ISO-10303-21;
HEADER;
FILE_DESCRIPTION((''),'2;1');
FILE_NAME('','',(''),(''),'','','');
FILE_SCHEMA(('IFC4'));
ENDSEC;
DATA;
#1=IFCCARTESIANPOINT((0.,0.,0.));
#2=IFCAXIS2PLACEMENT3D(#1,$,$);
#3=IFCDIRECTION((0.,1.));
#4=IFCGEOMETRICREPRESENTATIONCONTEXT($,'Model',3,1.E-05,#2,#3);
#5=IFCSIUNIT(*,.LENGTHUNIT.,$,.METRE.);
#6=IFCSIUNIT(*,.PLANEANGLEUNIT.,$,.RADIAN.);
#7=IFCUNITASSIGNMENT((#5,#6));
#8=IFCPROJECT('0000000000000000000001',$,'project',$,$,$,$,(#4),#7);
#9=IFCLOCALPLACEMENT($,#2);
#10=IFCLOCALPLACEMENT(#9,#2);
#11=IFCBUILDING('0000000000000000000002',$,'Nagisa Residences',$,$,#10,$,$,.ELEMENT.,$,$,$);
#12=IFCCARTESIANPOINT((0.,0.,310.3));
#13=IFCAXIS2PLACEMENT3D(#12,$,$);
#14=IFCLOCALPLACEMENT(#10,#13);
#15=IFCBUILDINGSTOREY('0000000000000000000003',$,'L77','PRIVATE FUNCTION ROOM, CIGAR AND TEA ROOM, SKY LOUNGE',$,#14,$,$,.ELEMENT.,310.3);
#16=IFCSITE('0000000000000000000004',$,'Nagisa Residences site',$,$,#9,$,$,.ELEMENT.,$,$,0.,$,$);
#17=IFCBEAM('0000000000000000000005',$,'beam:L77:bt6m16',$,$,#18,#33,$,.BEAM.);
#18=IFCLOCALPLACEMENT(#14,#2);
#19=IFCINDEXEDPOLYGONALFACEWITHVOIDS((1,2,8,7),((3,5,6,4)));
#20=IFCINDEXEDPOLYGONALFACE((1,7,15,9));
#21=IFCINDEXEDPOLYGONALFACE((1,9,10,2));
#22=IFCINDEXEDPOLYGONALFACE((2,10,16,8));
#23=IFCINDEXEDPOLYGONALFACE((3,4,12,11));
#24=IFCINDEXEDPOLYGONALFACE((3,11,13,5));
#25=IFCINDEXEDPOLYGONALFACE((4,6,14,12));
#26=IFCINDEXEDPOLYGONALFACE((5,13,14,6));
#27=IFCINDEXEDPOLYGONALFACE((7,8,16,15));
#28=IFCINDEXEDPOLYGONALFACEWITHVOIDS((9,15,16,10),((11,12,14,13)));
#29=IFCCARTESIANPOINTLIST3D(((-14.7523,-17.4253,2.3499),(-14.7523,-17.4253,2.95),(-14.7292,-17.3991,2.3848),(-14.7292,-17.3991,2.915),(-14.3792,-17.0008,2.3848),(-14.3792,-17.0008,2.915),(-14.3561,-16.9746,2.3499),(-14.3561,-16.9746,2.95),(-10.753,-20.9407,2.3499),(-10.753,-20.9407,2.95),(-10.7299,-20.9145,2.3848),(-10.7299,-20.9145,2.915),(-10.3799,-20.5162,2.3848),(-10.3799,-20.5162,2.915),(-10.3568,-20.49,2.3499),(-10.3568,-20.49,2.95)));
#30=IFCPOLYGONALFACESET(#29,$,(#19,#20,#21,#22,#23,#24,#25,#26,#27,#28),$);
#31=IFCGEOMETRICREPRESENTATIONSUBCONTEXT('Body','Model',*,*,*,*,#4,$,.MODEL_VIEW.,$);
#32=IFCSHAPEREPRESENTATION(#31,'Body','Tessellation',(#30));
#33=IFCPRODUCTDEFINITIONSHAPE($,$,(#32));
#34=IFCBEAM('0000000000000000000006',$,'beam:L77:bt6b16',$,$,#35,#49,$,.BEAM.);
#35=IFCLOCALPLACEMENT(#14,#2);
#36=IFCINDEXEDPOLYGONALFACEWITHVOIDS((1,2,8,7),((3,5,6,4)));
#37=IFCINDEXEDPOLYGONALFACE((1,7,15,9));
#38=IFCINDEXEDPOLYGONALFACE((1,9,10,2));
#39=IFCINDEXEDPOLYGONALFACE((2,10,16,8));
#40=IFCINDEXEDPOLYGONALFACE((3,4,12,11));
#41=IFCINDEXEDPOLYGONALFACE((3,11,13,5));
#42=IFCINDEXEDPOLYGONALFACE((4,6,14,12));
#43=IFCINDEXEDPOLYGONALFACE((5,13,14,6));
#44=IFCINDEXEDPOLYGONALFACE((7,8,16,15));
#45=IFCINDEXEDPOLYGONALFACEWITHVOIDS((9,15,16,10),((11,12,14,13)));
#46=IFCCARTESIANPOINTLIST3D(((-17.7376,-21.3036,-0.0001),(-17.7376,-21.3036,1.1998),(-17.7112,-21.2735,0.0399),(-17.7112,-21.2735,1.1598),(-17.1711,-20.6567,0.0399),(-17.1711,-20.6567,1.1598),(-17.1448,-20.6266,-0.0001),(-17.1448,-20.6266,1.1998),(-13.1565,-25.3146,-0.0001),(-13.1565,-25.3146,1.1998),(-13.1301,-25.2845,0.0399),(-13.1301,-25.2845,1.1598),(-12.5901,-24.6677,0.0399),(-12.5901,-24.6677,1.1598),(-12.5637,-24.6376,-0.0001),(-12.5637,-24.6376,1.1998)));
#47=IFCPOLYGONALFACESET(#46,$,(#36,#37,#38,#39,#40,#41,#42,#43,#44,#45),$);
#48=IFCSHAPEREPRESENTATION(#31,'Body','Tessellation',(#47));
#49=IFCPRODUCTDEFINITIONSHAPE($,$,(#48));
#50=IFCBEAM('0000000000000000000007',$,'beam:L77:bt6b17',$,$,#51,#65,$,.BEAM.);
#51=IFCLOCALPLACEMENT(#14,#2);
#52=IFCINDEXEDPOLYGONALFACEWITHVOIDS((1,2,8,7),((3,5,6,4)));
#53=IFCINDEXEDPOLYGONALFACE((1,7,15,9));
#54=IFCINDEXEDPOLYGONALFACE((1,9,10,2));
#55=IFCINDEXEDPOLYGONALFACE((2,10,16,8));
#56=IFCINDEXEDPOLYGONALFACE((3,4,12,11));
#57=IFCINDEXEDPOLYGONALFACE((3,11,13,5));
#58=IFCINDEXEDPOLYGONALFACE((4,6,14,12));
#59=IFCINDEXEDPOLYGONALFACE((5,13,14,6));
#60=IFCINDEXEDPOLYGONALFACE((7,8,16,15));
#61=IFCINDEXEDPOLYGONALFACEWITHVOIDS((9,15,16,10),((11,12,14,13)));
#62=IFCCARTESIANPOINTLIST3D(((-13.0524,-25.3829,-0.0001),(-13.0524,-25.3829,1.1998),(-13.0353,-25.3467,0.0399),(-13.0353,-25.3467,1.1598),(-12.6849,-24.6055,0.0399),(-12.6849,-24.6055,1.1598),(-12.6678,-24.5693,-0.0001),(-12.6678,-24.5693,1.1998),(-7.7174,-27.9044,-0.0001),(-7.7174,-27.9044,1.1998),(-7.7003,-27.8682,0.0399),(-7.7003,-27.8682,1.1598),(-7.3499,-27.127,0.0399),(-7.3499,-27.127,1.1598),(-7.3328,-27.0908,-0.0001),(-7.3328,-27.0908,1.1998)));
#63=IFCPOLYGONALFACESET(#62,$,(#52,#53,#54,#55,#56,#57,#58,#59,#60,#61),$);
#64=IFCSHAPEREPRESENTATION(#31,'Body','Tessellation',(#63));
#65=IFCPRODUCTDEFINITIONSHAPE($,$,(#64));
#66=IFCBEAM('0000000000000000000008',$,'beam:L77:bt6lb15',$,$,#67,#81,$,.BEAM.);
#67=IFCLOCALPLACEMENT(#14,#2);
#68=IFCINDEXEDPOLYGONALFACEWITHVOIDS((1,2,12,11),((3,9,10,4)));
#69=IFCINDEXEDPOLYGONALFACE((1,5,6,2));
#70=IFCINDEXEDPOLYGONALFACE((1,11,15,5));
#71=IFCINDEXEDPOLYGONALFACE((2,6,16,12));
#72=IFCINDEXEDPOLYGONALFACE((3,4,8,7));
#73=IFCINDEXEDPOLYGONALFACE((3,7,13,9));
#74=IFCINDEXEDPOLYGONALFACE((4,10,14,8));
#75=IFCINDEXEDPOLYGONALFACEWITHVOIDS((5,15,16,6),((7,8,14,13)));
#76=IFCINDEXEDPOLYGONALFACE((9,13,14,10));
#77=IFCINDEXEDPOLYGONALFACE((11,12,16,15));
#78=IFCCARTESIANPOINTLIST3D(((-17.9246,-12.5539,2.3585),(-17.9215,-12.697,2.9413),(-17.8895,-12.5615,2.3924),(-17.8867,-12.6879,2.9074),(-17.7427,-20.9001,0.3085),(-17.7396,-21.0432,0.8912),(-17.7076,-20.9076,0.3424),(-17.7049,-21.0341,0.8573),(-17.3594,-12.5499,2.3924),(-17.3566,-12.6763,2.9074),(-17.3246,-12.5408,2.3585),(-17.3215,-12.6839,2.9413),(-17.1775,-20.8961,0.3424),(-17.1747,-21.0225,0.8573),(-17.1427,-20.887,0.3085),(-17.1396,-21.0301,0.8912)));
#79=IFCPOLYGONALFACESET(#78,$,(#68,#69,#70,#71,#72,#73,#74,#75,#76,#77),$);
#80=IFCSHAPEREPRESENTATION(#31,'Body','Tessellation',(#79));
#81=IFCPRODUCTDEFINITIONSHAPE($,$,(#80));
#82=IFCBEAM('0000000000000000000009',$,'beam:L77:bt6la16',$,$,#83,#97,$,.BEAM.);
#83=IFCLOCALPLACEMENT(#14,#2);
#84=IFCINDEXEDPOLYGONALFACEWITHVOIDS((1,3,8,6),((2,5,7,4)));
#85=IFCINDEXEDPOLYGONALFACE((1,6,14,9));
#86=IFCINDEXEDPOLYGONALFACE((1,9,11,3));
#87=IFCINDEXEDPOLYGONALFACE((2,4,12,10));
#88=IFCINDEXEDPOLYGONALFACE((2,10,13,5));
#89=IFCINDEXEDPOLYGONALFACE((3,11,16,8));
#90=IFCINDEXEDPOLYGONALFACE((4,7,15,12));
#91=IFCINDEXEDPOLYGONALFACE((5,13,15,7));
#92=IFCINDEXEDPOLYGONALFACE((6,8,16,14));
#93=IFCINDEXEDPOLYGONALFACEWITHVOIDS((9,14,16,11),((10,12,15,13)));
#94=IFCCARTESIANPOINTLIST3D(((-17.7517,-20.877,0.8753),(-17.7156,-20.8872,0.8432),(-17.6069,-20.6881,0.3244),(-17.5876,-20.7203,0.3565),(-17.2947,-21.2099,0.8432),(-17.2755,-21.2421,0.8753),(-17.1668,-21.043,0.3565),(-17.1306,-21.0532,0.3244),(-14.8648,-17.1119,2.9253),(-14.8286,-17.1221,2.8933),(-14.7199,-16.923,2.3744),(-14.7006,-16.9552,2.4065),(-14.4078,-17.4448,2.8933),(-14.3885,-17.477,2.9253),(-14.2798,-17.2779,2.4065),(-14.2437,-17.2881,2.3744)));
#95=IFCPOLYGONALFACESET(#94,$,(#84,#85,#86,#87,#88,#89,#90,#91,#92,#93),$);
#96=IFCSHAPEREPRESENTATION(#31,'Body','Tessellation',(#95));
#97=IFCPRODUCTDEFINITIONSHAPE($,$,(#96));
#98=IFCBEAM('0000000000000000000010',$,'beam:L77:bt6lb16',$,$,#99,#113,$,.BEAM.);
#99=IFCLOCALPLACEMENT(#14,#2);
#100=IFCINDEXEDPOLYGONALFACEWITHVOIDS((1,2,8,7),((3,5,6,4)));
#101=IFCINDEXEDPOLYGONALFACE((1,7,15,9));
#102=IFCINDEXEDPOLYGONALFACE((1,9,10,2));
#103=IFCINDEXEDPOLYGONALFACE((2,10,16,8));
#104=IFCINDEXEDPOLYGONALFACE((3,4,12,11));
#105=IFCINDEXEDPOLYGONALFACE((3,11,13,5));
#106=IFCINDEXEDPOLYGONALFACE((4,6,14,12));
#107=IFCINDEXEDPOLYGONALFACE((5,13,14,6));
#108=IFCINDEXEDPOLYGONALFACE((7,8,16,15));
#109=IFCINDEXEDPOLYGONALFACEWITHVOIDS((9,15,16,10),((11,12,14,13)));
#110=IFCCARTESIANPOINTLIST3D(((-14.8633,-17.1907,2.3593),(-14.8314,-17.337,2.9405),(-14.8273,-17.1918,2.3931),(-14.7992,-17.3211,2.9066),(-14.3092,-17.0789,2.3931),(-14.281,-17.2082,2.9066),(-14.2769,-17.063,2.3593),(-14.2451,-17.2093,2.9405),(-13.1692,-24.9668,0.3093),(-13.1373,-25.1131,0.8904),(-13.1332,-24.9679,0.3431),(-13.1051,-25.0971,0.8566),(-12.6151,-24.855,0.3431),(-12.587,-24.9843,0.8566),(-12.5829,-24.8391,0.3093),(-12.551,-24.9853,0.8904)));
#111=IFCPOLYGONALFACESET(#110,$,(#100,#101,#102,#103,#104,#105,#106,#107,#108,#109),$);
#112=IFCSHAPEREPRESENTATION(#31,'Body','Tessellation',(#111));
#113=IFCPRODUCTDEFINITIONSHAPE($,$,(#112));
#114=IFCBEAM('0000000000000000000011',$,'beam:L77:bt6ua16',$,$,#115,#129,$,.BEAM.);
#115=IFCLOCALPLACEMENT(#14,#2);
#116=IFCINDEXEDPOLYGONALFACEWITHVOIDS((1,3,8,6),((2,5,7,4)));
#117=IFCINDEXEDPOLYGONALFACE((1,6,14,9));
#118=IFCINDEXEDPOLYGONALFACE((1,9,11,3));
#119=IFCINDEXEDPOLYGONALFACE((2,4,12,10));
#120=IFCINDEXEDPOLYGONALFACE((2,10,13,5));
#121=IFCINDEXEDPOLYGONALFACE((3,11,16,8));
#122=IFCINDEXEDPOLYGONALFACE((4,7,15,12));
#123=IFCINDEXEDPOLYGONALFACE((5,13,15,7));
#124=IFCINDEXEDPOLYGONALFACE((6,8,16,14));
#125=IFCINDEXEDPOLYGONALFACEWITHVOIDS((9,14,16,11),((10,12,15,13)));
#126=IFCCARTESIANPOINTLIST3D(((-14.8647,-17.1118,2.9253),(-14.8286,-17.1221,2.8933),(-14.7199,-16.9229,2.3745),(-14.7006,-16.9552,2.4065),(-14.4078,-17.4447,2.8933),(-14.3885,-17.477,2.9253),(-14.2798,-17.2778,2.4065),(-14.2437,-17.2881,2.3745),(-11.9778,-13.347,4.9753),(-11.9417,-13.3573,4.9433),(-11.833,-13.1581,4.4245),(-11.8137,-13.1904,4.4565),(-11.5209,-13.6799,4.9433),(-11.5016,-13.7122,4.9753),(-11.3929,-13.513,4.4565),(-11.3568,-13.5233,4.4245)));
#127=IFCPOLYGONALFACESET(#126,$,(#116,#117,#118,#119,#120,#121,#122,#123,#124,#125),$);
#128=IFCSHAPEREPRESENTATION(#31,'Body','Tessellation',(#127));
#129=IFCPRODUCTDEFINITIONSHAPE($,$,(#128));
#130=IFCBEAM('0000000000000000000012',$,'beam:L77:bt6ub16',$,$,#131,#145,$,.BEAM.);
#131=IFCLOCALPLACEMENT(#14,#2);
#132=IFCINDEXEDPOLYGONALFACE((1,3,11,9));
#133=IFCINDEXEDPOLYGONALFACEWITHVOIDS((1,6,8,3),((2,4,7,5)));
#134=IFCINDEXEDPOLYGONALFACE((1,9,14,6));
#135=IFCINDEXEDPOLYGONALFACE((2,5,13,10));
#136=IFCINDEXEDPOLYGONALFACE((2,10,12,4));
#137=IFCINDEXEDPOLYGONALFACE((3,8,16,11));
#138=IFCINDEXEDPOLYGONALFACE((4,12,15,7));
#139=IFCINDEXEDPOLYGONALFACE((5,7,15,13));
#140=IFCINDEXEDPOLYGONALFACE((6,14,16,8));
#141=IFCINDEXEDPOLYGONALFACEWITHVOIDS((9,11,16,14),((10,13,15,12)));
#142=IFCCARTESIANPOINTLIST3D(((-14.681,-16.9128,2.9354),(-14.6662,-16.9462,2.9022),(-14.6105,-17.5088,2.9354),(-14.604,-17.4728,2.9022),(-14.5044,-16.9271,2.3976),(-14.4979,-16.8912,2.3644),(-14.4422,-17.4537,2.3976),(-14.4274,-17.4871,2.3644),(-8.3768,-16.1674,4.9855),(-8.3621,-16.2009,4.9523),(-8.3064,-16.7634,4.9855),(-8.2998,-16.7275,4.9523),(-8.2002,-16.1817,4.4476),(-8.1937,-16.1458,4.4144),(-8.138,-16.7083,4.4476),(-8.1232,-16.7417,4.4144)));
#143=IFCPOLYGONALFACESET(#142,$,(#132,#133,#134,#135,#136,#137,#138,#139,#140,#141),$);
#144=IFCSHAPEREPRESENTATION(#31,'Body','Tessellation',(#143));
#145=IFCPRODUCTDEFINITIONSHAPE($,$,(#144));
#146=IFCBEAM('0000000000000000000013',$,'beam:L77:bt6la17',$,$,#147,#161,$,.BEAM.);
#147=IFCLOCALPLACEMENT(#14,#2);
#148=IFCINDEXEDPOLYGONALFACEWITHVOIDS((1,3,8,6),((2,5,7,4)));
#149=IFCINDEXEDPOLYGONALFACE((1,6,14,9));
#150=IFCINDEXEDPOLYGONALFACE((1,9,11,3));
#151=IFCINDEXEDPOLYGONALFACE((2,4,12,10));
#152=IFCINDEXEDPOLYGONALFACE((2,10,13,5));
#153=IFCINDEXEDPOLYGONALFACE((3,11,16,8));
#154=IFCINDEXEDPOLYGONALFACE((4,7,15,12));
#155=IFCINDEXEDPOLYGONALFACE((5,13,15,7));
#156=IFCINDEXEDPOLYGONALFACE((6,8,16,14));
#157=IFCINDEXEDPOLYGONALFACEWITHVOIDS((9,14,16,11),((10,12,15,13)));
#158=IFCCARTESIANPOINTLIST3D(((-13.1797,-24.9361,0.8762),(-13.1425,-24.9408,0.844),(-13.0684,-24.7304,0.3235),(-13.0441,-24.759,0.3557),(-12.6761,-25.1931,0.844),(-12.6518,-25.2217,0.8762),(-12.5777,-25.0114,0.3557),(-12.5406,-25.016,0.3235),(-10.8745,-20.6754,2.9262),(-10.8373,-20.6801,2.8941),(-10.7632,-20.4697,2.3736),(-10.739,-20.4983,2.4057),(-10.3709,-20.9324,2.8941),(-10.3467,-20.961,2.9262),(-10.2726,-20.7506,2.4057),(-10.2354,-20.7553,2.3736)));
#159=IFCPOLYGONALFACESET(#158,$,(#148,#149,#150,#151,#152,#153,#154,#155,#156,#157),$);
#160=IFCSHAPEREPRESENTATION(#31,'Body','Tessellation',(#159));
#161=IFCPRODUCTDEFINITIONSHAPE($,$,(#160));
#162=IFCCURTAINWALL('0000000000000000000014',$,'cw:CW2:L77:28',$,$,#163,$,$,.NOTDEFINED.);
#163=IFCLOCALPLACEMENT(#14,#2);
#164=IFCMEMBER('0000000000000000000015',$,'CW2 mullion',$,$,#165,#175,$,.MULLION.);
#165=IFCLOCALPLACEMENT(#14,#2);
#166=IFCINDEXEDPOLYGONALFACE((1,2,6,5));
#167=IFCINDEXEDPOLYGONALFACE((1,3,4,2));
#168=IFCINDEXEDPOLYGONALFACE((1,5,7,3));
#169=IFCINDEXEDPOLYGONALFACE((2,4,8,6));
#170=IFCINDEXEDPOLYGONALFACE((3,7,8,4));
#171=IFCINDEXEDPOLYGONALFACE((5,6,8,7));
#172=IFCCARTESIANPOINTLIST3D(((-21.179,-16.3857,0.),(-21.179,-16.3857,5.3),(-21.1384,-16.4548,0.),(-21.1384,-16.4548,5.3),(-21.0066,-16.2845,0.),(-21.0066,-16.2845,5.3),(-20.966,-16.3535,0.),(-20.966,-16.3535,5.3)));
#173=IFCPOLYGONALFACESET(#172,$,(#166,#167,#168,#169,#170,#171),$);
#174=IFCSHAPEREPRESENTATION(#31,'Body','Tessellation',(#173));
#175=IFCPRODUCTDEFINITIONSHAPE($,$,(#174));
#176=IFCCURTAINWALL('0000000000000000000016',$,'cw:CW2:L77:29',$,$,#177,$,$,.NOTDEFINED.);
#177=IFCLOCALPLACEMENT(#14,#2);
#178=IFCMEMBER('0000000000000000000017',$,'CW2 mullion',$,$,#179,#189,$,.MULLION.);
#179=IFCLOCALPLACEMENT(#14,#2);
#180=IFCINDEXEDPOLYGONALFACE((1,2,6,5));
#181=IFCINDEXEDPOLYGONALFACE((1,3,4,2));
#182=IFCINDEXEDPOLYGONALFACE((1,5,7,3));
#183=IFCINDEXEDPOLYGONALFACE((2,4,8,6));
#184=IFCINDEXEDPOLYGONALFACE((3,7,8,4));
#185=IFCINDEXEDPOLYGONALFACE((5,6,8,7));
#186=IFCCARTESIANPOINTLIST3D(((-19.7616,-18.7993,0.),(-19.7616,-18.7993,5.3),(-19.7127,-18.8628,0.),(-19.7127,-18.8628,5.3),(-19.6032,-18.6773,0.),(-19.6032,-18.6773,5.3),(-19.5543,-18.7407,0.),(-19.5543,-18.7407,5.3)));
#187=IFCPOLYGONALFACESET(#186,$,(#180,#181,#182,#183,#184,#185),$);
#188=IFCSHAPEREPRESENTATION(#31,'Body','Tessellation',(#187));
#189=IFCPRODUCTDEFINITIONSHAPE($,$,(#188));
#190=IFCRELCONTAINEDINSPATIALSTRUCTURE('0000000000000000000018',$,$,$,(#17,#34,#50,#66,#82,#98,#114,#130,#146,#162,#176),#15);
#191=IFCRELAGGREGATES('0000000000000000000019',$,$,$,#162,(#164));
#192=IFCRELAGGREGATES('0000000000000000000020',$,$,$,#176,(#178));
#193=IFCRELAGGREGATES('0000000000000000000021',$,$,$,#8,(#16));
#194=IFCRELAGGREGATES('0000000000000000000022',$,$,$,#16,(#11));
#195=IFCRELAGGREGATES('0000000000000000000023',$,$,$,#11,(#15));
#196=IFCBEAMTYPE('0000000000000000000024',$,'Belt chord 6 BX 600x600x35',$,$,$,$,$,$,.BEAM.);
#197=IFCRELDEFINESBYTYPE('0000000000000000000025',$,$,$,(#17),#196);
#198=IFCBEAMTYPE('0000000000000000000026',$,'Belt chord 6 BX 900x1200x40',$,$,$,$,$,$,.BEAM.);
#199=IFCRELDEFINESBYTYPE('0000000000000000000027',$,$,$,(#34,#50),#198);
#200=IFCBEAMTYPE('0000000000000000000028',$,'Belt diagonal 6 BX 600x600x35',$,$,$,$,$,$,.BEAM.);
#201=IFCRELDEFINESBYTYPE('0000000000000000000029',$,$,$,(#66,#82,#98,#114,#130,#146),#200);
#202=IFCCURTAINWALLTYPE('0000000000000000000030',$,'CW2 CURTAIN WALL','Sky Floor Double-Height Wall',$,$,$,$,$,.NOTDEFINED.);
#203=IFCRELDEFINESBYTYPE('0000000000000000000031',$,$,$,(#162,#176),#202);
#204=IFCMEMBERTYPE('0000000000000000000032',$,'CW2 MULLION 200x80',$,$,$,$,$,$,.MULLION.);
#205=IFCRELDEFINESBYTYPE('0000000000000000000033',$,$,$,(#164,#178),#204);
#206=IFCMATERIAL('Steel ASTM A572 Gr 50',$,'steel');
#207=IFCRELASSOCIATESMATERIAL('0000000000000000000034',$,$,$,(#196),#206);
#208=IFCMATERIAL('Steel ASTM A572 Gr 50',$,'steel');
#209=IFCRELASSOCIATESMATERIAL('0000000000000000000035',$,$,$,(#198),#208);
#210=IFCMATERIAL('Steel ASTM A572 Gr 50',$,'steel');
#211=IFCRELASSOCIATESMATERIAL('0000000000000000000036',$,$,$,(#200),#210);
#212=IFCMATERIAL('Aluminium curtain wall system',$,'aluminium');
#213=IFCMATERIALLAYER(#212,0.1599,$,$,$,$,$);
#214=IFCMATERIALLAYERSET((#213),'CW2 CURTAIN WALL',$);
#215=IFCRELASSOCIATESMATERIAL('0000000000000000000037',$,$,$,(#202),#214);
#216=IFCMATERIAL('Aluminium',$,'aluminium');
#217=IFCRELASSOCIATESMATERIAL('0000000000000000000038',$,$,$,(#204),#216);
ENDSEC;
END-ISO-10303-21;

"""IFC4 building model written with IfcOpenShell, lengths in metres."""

from ifc_helpers import new_model, si_unit, direction, frame, origin, origin_2d, place, context, subcontext, project, spatial, rectangle, hollow_rectangle, extrude, material, layer, layer_set, material_profile, profile_set, type_object, element, aggregate, save


model = new_model("IFC4")

# Units and contexts
model_context = context("Model", 3, precision=1e-05, world=origin(), true_north=direction((0.0, 1.0)))
body_context = subcontext(model_context, "Body", "Model", "MODEL_VIEW")
ifc_project = project(units=[si_unit("LENGTHUNIT", "METRE"), si_unit("PLANEANGLEUNIT", "RADIAN")], contexts=[model_context])

# Site, building, storey
site_placement = place(None, origin())
site = spatial("IfcSite", under=ifc_project, at=site_placement, Name="Nagisa Residences site", CompositionType="ELEMENT", RefElevation=0.0)
building_placement = place(site_placement, origin())
building = spatial("IfcBuilding", under=site, at=building_placement, Name="Nagisa Residences", CompositionType="ELEMENT")
storey_placement = place(building_placement, frame((0.0, 0.0, 310.3)))
storey = spatial("IfcBuildingStorey", under=building, at=storey_placement, Name="L77", Description="PRIVATE FUNCTION ROOM, CIGAR AND TEA ROOM, SKY LOUNGE", CompositionType="ELEMENT", Elevation=310.3)

# Beams
ifc_material_1 = material(Name="Steel ASTM A572 Gr 50", Category="steel")
ifc_material_profile_1 = material_profile(ifc_material_1, hollow_rectangle(XDim=0.6001, YDim=0.6001, WallThickness=0.0349, at=origin_2d()), Name="BX 600x600x35")
ifc_profile_set_1 = profile_set([ifc_material_profile_1], Name="Steel ASTM A572 Gr 50")
beam_type_1 = type_object("IfcBeamType", Name="Belt chord 6 BX 600x600x35", PredefinedType="BEAM", material=ifc_profile_set_1)
beam_1_placement = place(storey_placement, frame((-14.5542, -17.2, 2.6499), z_axis=(0.751084, -0.660207, 0.0), x_axis=(0.660207, 0.751084, 0.0)))
element("IfcBeam", 1, at=beam_1_placement, inside=storey, type_object=beam_type_1, Name="beam:L77:bt6m16", PredefinedType="BEAM", context=body_context, shape_type="SweptSolid", body=[
    extrude(hollow_rectangle(XDim=0.6001, YDim=0.6001, WallThickness=0.0349, at=origin_2d()), origin(), (0.0, 0.0, 1.0), 5.3247),
])
ifc_material_2 = material(Name="Steel ASTM A572 Gr 50", Category="steel")
ifc_material_profile_2 = material_profile(ifc_material_2, hollow_rectangle(XDim=0.8999, YDim=1.2, WallThickness=0.04, at=origin_2d()), Name="BX 900x1200x40")
ifc_profile_set_2 = profile_set([ifc_material_profile_2], Name="Steel ASTM A572 Gr 50")
beam_type_2 = type_object("IfcBeamType", Name="Belt chord 6 BX 900x1200x40", PredefinedType="BEAM", material=ifc_profile_set_2)
beam_2_placement = place(storey_placement, frame((-17.4412, -20.9651, 0.5999), z_axis=(0.752368, -0.658743, 0.0), x_axis=(0.658743, 0.752368, 0.0)))
element("IfcBeam", 2, at=beam_2_placement, inside=storey, type_object=beam_type_2, Name="beam:L77:bt6b16", PredefinedType="BEAM", context=body_context, shape_type="SweptSolid", body=[
    extrude(hollow_rectangle(XDim=0.8999, YDim=1.2, WallThickness=0.04, at=origin_2d()), origin(), (0.0, 0.0, 1.0), 6.0889),
])
beam_3_placement = place(storey_placement, frame((-12.8601, -24.9761, 0.5999), z_axis=(0.904105, -0.427311, 0.0), x_axis=(0.427311, 0.904105, 0.0)))
element("IfcBeam", 3, at=beam_3_placement, inside=storey, type_object=beam_type_2, Name="beam:L77:bt6b17", PredefinedType="BEAM", context=body_context, shape_type="SweptSolid", body=[
    extrude(hollow_rectangle(XDim=0.8999, YDim=1.2, WallThickness=0.04, at=origin_2d()), origin(), (0.0, 0.0, 1.0), 5.9009),
])
ifc_material_3 = material(Name="Steel ASTM A572 Gr 50", Category="steel")
ifc_material_profile_3 = material_profile(ifc_material_3, hollow_rectangle(XDim=0.6001, YDim=0.6001, WallThickness=0.0349, at=origin_2d()), Name="BX 600x600x35")
ifc_profile_set_3 = profile_set([ifc_material_profile_3], Name="Steel ASTM A572 Gr 50")
beam_type_3 = type_object("IfcBeamType", Name="Belt diagonal 6 BX 600x600x35", PredefinedType="BEAM", material=ifc_profile_set_3)
beam_4_placement = place(storey_placement, frame((-17.4412, -20.9651, 0.5999), z_axis=(-0.021159, 0.970916, 0.238483), x_axis=(-0.999763, -0.021787, 0.0)))
element("IfcBeam", 4, at=beam_4_placement, inside=storey, type_object=beam_type_3, Name="beam:L77:bt6lb15", PredefinedType="BEAM", context=body_context, shape_type="SweptSolid", body=[
    extrude(hollow_rectangle(XDim=0.6001, YDim=0.6001, WallThickness=0.0349, at=origin_2d()), origin(), (0.0, 0.0, 1.0), 8.5962),
])
beam_5_placement = place(storey_placement, frame((-17.4412, -20.9651, 0.5999), z_axis=(0.558568, 0.728476, 0.396642), x_axis=(-0.79357, 0.608479, 0.0)))
element("IfcBeam", 5, at=beam_5_placement, inside=storey, type_object=beam_type_3, Name="beam:L77:bt6la16", PredefinedType="BEAM", context=body_context, shape_type="SweptSolid", body=[
    extrude(hollow_rectangle(XDim=0.6001, YDim=0.6001, WallThickness=0.0349, at=origin_2d()), origin(), (0.0, 0.0, 1.0), 5.1685),
])
beam_6_placement = place(storey_placement, frame((-12.8601, -24.9761, 0.5999), z_axis=(-0.206136, 0.946194, 0.249449), x_axis=(-0.977082, -0.212865, 0.0)))
element("IfcBeam", 6, at=beam_6_placement, inside=storey, type_object=beam_type_3, Name="beam:L77:bt6lb16", PredefinedType="BEAM", context=body_context, shape_type="SweptSolid", body=[
    extrude(hollow_rectangle(XDim=0.6001, YDim=0.6001, WallThickness=0.0349, at=origin_2d()), origin(), (0.0, 0.0, 1.0), 8.2183),
])
beam_7_placement = place(storey_placement, frame((-14.5542, -17.2, 2.6499), z_axis=(0.558587, 0.728454, 0.396656), x_axis=(-0.793551, 0.608504, 0.0)))
element("IfcBeam", 7, at=beam_7_placement, inside=storey, type_object=beam_type_3, Name="beam:L77:bt6ua16", PredefinedType="BEAM", context=body_context, shape_type="SweptSolid", body=[
    extrude(hollow_rectangle(XDim=0.6001, YDim=0.6001, WallThickness=0.0349, at=origin_2d()), origin(), (0.0, 0.0, 1.0), 5.1682),
])
beam_8_placement = place(storey_placement, frame((-14.5542, -17.2, 2.6499), z_axis=(0.945027, 0.111733, 0.307311), x_axis=(-0.117415, 0.993083, 0.0)))
element("IfcBeam", 8, at=beam_8_placement, inside=storey, type_object=beam_type_3, Name="beam:L77:bt6ub16", PredefinedType="BEAM", context=body_context, shape_type="SweptSolid", body=[
    extrude(hollow_rectangle(XDim=0.6001, YDim=0.6001, WallThickness=0.0349, at=origin_2d()), origin(), (0.0, 0.0, 1.0), 6.6709),
])
beam_9_placement = place(storey_placement, frame((-12.8601, -24.9761, 0.5999), z_axis=(0.438224, 0.809985, 0.389723), x_axis=(-0.879528, 0.475848, 0.0)))
element("IfcBeam", 9, at=beam_9_placement, inside=storey, type_object=beam_type_3, Name="beam:L77:bt6la17", PredefinedType="BEAM", context=body_context, shape_type="SweptSolid", body=[
    extrude(hollow_rectangle(XDim=0.6001, YDim=0.6001, WallThickness=0.0349, at=origin_2d()), origin(), (0.0, 0.0, 1.0), 5.2603),
])

# Curtain walls, members
ifc_material_4 = material(Name="Aluminium curtain wall system", Category="aluminium")
ifc_layer_1 = layer(ifc_material_4, 0.1599)
ifc_layer_set_1 = layer_set([ifc_layer_1], Name="CW2 CURTAIN WALL")
curtain_wall_type = type_object("IfcCurtainWallType", Name="CW2 CURTAIN WALL", Description="Sky Floor Double-Height Wall", PredefinedType="NOTDEFINED", material=ifc_layer_set_1)
curtain_wall_1_placement = place(storey_placement, origin())
curtain_wall_1 = element("IfcCurtainWall", 10, at=curtain_wall_1_placement, inside=storey, type_object=curtain_wall_type, Name="cw:CW2:L77:28", PredefinedType="NOTDEFINED")
ifc_material_5 = material(Name="Aluminium", Category="aluminium")
ifc_material_profile_4 = material_profile(ifc_material_5, rectangle(XDim=0.2, YDim=0.0801, at=origin_2d()), Name="CW2 MULLION 200x80")
ifc_profile_set_4 = profile_set([ifc_material_profile_4], Name="Aluminium")
member_type_1 = type_object("IfcMemberType", Name="CW2 MULLION 200x80", PredefinedType="MULLION", material=ifc_profile_set_4)
member_1_placement = place(storey_placement, frame((-21.0725, -16.3696, 0.0), z_axis=(0.0, 0.0, 1.0), x_axis=(0.862329, 0.506349, 0.0)))
member_1 = element("IfcMember", 11, at=member_1_placement, type_object=member_type_1, Name="CW2 mullion", PredefinedType="MULLION", context=body_context, shape_type="SweptSolid", body=[
    extrude(rectangle(XDim=0.2, YDim=0.0801, at=origin_2d()), origin(), (0.0, 0.0, 1.0), 5.3),
])
curtain_wall_2_placement = place(storey_placement, origin())
curtain_wall_2 = element("IfcCurtainWall", 12, at=curtain_wall_2_placement, inside=storey, type_object=curtain_wall_type, Name="cw:CW2:L77:29", PredefinedType="NOTDEFINED")
member_2_placement = place(storey_placement, frame((-19.658, -18.77, 0.0), z_axis=(0.0, 0.0, 1.0), x_axis=(0.79207, 0.61043, 0.0)))
member_2 = element("IfcMember", 13, at=member_2_placement, type_object=member_type_1, Name="CW2 mullion", PredefinedType="MULLION", context=body_context, shape_type="SweptSolid", body=[
    extrude(rectangle(XDim=0.2, YDim=0.0801, at=origin_2d()), origin(), (0.0, 0.0, 1.0), 5.3),
])

aggregate(curtain_wall_1, [member_1])
aggregate(curtain_wall_2, [member_2])

save(model, "model.ifc")
